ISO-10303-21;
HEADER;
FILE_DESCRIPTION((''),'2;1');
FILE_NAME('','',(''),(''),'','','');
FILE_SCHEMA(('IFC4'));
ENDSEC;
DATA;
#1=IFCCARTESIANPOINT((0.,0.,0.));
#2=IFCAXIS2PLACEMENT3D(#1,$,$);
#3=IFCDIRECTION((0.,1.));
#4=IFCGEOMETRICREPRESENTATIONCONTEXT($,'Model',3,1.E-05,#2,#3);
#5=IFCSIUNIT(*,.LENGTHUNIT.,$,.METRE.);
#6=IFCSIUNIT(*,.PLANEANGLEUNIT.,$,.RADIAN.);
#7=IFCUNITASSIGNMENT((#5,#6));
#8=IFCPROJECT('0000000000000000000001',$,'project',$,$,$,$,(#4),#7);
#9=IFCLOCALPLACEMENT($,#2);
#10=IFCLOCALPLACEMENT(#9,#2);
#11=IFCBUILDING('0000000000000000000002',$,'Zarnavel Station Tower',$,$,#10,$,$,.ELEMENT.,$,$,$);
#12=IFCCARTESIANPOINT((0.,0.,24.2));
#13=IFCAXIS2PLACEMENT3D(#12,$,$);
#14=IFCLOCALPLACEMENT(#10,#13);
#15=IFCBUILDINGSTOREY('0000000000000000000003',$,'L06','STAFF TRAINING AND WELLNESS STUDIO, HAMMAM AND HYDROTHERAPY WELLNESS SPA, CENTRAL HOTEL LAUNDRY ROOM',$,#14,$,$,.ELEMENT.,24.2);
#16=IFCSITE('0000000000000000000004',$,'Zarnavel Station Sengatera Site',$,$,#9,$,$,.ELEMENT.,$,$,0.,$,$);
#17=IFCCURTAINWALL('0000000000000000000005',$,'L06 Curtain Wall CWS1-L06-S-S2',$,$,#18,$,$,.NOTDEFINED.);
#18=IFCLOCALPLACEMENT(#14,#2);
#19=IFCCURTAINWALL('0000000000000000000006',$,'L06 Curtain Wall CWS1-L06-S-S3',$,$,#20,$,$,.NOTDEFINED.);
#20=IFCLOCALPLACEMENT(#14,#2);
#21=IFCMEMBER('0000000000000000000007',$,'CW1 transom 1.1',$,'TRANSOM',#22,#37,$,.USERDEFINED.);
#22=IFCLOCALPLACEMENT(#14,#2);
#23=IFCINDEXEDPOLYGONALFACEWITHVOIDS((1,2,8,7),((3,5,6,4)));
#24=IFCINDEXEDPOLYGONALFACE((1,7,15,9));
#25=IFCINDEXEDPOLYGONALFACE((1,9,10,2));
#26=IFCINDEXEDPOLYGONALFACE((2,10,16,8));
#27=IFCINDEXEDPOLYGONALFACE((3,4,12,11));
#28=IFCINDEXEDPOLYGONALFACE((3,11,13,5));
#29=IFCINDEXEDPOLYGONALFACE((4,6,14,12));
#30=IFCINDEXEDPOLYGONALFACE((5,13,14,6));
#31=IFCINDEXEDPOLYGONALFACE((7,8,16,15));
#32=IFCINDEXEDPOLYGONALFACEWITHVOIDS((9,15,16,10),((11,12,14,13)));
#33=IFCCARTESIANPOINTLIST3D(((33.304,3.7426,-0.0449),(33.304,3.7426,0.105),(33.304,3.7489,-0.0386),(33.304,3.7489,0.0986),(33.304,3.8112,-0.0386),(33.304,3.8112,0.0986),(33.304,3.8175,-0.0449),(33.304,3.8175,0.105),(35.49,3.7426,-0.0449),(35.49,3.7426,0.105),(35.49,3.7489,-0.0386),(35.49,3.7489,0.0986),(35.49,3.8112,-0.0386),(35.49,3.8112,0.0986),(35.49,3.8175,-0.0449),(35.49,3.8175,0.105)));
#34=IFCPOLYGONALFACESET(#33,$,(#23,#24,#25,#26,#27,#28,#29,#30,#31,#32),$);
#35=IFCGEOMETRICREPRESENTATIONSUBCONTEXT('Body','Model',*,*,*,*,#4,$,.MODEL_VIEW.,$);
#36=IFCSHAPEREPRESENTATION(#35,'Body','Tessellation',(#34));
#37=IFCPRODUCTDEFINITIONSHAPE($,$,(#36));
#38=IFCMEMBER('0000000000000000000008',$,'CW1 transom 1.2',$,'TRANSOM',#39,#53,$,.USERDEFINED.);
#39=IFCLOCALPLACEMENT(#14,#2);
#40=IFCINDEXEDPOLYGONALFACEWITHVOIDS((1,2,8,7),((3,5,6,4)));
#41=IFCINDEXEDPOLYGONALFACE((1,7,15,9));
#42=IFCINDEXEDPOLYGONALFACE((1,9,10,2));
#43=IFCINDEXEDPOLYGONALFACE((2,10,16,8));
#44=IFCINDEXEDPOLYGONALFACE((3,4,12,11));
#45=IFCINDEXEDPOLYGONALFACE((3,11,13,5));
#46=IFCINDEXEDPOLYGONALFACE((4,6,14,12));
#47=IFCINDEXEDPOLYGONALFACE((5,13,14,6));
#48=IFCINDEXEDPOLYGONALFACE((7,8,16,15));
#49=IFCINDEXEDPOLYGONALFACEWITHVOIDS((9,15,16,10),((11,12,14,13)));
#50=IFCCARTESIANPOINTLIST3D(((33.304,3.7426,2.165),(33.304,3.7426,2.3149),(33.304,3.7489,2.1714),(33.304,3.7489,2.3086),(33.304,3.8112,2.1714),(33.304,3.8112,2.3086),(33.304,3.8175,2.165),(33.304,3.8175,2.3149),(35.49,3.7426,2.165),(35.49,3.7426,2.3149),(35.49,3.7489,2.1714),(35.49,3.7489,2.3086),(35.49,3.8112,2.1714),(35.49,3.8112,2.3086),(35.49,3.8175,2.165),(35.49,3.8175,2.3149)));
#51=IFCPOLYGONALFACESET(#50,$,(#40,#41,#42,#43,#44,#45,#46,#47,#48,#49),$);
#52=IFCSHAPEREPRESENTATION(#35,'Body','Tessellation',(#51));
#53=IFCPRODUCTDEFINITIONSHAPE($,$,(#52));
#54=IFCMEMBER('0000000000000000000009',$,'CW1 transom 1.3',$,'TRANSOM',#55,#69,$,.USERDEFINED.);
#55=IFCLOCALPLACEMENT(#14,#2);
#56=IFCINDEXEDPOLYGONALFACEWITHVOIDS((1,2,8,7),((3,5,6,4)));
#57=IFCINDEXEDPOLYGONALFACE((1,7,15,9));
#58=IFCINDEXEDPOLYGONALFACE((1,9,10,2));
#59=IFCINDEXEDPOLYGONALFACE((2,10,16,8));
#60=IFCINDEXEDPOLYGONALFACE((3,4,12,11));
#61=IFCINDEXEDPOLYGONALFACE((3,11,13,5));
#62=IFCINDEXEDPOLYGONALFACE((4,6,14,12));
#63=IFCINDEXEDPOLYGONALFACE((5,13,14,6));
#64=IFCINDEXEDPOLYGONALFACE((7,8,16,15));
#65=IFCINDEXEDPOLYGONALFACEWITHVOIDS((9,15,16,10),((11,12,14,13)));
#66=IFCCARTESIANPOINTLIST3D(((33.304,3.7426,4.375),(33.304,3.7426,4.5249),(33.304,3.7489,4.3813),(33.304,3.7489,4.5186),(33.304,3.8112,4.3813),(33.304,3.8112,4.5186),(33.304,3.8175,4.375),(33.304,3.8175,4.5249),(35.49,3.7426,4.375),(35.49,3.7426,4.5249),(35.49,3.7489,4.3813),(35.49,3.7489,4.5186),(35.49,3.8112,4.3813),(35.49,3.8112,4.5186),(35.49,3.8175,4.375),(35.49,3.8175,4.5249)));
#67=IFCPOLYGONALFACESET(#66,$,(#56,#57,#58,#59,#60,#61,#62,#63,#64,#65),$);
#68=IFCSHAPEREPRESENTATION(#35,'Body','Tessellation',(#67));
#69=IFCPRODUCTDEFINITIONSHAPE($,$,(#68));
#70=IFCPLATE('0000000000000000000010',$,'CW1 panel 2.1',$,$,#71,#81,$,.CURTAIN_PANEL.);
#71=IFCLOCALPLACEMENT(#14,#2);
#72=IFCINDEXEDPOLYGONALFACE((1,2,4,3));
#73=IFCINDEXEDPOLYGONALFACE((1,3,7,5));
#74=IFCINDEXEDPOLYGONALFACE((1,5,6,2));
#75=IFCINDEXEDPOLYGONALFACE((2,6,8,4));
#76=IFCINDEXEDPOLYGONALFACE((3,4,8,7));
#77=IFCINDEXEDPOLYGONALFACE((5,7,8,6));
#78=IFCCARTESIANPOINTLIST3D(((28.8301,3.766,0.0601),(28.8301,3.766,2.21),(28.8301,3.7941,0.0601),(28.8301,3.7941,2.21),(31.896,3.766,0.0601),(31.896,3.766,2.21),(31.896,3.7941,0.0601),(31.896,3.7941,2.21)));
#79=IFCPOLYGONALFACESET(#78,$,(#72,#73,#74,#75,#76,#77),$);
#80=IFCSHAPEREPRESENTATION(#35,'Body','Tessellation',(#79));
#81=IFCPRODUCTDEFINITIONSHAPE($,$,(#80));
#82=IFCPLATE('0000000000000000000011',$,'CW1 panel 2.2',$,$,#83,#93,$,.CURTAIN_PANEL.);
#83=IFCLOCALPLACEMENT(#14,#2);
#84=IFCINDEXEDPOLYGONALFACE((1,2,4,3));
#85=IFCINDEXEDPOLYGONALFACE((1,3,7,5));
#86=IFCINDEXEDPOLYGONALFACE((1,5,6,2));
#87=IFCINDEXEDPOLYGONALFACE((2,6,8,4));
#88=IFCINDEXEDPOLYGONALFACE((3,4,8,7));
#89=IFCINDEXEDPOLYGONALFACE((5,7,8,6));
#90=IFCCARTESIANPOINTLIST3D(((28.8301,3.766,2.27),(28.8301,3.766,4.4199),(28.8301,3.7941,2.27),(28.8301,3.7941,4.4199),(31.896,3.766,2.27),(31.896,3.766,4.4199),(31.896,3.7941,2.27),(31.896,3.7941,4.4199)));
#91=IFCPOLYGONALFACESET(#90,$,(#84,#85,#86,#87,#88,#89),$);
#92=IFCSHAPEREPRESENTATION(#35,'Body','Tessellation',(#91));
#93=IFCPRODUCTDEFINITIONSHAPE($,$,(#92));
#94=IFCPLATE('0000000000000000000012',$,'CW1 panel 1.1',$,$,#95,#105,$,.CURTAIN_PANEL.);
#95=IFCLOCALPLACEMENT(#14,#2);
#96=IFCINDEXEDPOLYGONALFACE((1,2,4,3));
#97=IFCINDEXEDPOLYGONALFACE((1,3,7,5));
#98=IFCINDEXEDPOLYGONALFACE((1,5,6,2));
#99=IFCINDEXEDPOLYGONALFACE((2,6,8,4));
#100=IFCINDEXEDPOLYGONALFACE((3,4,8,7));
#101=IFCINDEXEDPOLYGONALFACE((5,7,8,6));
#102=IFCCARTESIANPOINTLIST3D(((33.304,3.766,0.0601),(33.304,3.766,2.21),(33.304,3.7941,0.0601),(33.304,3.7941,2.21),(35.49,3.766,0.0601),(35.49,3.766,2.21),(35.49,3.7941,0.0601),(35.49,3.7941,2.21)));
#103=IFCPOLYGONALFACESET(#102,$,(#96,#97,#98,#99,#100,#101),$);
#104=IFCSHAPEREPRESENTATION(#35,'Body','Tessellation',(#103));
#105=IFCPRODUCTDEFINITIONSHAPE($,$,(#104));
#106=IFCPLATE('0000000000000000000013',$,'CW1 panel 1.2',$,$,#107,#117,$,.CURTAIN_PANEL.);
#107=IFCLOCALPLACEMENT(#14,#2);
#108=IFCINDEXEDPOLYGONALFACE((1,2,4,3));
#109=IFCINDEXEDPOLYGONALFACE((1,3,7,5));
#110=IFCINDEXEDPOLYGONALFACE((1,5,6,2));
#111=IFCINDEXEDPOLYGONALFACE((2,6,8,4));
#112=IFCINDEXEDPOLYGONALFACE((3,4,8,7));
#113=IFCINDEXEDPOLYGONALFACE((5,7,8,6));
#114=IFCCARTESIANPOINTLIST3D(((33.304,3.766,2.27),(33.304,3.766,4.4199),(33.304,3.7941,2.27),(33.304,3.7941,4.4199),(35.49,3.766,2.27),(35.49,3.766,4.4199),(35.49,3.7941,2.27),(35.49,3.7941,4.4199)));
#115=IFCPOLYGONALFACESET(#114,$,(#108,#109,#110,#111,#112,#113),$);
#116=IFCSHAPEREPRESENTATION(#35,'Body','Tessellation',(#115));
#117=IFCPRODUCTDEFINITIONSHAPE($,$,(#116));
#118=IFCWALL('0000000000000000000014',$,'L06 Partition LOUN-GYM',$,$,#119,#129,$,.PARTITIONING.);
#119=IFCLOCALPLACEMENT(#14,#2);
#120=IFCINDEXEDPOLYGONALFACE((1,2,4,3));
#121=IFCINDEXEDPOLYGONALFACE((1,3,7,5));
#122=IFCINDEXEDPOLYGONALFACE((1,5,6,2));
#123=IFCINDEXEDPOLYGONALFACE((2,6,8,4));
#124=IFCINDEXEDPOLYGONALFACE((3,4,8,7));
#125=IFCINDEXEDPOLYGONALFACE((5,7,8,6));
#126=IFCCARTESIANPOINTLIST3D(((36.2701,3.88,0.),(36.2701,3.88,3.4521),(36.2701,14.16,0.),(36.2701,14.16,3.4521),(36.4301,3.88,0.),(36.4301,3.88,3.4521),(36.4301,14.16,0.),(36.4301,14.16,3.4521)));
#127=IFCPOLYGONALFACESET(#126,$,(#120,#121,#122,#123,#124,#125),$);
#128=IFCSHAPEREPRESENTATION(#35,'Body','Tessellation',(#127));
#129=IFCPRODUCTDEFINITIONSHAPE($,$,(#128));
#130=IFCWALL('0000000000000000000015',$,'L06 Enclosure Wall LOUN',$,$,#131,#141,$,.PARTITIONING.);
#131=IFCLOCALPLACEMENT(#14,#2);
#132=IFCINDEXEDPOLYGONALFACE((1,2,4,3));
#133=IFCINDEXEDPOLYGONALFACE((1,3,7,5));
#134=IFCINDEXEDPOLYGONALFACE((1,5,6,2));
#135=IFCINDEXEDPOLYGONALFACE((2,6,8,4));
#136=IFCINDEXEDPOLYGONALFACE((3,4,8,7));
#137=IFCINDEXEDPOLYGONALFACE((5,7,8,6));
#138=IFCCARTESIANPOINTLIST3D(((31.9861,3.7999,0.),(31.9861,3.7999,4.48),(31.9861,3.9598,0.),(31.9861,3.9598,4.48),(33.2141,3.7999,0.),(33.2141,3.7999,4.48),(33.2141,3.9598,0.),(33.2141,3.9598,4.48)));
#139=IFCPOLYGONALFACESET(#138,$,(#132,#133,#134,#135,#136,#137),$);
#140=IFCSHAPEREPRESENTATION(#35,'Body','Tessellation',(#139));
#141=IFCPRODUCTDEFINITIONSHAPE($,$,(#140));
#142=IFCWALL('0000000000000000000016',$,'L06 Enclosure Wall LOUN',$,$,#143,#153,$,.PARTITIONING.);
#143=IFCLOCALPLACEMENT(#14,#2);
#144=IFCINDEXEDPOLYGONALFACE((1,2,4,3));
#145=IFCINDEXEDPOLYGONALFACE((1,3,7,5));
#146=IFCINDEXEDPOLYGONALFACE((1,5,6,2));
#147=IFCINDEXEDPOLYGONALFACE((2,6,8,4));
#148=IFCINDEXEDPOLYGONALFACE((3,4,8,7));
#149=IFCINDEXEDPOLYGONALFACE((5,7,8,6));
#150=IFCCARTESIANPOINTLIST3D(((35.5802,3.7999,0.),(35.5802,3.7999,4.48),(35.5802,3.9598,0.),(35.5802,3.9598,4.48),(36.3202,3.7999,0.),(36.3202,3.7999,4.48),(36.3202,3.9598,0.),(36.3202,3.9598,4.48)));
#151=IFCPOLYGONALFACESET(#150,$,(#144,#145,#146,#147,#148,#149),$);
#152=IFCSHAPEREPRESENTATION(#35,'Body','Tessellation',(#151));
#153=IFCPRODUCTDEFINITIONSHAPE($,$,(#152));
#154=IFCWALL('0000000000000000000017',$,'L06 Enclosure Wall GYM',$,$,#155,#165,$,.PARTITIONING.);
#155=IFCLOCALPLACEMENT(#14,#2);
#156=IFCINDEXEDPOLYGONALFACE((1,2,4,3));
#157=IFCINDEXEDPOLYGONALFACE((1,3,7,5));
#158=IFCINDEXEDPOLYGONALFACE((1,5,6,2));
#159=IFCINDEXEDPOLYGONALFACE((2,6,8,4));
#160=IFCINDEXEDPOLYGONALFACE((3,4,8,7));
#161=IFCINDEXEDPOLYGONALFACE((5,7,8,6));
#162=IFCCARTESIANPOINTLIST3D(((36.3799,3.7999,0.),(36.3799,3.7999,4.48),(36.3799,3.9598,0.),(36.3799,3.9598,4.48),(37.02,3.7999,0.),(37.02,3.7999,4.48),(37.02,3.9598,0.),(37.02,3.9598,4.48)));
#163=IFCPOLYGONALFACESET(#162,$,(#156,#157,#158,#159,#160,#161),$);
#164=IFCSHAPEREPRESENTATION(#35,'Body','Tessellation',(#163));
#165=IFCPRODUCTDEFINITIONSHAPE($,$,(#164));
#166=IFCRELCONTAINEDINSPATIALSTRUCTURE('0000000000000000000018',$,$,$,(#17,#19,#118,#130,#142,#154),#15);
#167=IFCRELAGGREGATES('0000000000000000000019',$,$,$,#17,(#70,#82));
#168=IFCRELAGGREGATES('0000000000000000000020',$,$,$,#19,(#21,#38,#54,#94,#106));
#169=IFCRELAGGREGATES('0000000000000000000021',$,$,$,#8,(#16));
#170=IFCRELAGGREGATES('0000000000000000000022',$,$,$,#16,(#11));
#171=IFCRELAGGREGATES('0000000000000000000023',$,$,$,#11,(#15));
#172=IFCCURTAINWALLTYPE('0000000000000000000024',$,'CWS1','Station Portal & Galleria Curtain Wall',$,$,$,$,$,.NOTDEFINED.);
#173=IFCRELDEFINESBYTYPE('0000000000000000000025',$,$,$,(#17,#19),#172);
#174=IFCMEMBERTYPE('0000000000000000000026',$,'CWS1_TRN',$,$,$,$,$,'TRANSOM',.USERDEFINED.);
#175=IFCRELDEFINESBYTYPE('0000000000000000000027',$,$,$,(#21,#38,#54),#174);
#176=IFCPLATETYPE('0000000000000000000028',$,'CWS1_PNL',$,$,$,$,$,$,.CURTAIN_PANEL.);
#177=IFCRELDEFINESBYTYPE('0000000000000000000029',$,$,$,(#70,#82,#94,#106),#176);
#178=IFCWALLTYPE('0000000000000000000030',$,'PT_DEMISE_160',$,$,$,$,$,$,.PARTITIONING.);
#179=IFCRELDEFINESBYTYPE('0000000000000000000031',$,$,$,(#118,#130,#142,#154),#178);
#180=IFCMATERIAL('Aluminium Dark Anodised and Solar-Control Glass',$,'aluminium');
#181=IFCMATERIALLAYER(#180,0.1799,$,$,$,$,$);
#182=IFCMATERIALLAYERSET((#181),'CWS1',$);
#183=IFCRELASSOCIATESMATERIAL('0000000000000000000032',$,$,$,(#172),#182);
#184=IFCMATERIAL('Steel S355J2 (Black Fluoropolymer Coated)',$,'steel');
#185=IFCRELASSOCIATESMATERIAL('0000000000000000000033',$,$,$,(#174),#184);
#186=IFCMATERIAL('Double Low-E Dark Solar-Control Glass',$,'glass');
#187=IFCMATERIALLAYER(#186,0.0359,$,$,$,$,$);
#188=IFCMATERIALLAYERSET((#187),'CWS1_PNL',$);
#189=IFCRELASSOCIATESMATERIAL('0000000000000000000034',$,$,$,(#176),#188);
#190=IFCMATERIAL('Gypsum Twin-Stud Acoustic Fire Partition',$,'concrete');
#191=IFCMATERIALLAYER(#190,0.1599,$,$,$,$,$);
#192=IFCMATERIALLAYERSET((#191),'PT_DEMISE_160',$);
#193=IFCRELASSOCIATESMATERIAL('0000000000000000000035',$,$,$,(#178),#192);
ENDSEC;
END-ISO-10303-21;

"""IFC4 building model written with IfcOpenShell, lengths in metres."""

from ifc_helpers import new_model, si_unit, direction, frame, frame_2d, origin, origin_2d, place, context, subcontext, project, spatial, rectangle, hollow_rectangle, extrude, material, layer, layer_set, material_profile, profile_set, type_object, element, aggregate, save


model = new_model("IFC4")

# Units and contexts
model_context = context("Model", 3, precision=1e-05, world=origin(), true_north=direction((0.0, 1.0)))
body_context = subcontext(model_context, "Body", "Model", "MODEL_VIEW")
ifc_project = project(units=[si_unit("LENGTHUNIT", "METRE"), si_unit("PLANEANGLEUNIT", "RADIAN")], contexts=[model_context])

# Site, building, storey
site_placement = place(None, origin())
site = spatial("IfcSite", under=ifc_project, at=site_placement, Name="Zarnavel Station Sengatera Site", CompositionType="ELEMENT", RefElevation=0.0)
building_placement = place(site_placement, origin())
building = spatial("IfcBuilding", under=site, at=building_placement, Name="Zarnavel Station Tower", CompositionType="ELEMENT")
storey_placement = place(building_placement, frame((0.0, 0.0, 24.2)))
storey = spatial("IfcBuildingStorey", under=building, at=storey_placement, Name="L06", Description="STAFF TRAINING AND WELLNESS STUDIO, HAMMAM AND HYDROTHERAPY WELLNESS SPA, CENTRAL HOTEL LAUNDRY ROOM", CompositionType="ELEMENT", Elevation=24.2)

# Curtain walls
ifc_material_1 = material(Name="Aluminium Dark Anodised and Solar-Control Glass", Category="aluminium")
ifc_layer_1 = layer(ifc_material_1, 0.1799)
ifc_layer_set_1 = layer_set([ifc_layer_1], Name="CWS1")
curtain_wall_type = type_object("IfcCurtainWallType", Name="CWS1", Description="Station Portal & Galleria Curtain Wall", PredefinedType="NOTDEFINED", material=ifc_layer_set_1)
curtain_wall_1_placement = place(storey_placement, origin())
curtain_wall_1 = element("IfcCurtainWall", 1, at=curtain_wall_1_placement, inside=storey, type_object=curtain_wall_type, Name="L06 Curtain Wall CWS1-L06-S-S2", PredefinedType="NOTDEFINED")
curtain_wall_2_placement = place(storey_placement, origin())
curtain_wall_2 = element("IfcCurtainWall", 2, at=curtain_wall_2_placement, inside=storey, type_object=curtain_wall_type, Name="L06 Curtain Wall CWS1-L06-S-S3", PredefinedType="NOTDEFINED")

# Members
ifc_material_2 = material(Name="Steel S355J2 (Black Fluoropolymer Coated)", Category="steel")
ifc_material_profile_1 = material_profile(ifc_material_2, hollow_rectangle(XDim=0.075, YDim=0.1499, WallThickness=0.0063, at=origin_2d()), Name="RHS150x75x6.3")
ifc_profile_set_1 = profile_set([ifc_material_profile_1], Name="Steel S355J2 (Black Fluoropolymer Coated)")
member_type_1 = type_object("IfcMemberType", Name="CWS1_TRN", ElementType="TRANSOM", PredefinedType="USERDEFINED", material=ifc_profile_set_1)
member_1_placement = place(storey_placement, frame((33.304, 3.78, 0.03), z_axis=(1.0, 0.0, 0.0), x_axis=(0.0, 1.0, 0.0)))
member_1 = element("IfcMember", 3, at=member_1_placement, type_object=member_type_1, Name="CW1 transom 1.1", ObjectType="TRANSOM", PredefinedType="USERDEFINED", context=body_context, shape_type="SweptSolid", body=[
    extrude(hollow_rectangle(XDim=0.075, YDim=0.1499, WallThickness=0.0063, at=origin_2d()), origin(), (0.0, 0.0, 1.0), 2.186),
])
member_2_placement = place(storey_placement, frame((33.304, 3.78, 2.24), z_axis=(1.0, 0.0, 0.0), x_axis=(0.0, 1.0, 0.0)))
member_2 = element("IfcMember", 4, at=member_2_placement, type_object=member_type_1, Name="CW1 transom 1.2", ObjectType="TRANSOM", PredefinedType="USERDEFINED", context=body_context, shape_type="SweptSolid", body=[
    extrude(hollow_rectangle(XDim=0.075, YDim=0.1499, WallThickness=0.0063, at=origin_2d()), origin(), (0.0, 0.0, 1.0), 2.186),
])
member_3_placement = place(storey_placement, frame((33.304, 3.78, 4.45), z_axis=(1.0, 0.0, 0.0), x_axis=(0.0, 1.0, 0.0)))
member_3 = element("IfcMember", 5, at=member_3_placement, type_object=member_type_1, Name="CW1 transom 1.3", ObjectType="TRANSOM", PredefinedType="USERDEFINED", context=body_context, shape_type="SweptSolid", body=[
    extrude(hollow_rectangle(XDim=0.075, YDim=0.1499, WallThickness=0.0063, at=origin_2d()), origin(), (0.0, 0.0, 1.0), 2.186),
])

# Plates
ifc_material_3 = material(Name="Double Low-E Dark Solar-Control Glass", Category="glass")
ifc_layer_2 = layer(ifc_material_3, 0.0359)
ifc_layer_set_2 = layer_set([ifc_layer_2], Name="CWS1_PNL")
plate_type = type_object("IfcPlateType", Name="CWS1_PNL", PredefinedType="CURTAIN_PANEL", material=ifc_layer_set_2)
plate_1_placement = place(storey_placement, frame((30.363, 3.78, 0.0601), z_axis=(0.0, 0.0, 1.0), x_axis=(1.0, 0.0, 0.0)))
plate_1 = element("IfcPlate", 6, at=plate_1_placement, type_object=plate_type, Name="CW1 panel 2.1", PredefinedType="CURTAIN_PANEL", context=body_context, shape_type="SweptSolid", body=[
    extrude(rectangle(XDim=3.0659, YDim=0.0281, at=origin_2d()), origin(), (0.0, 0.0, 1.0), 2.1499),
])
plate_2_placement = place(storey_placement, frame((30.363, 3.78, 2.27), z_axis=(0.0, 0.0, 1.0), x_axis=(1.0, 0.0, 0.0)))
plate_2 = element("IfcPlate", 7, at=plate_2_placement, type_object=plate_type, Name="CW1 panel 2.2", PredefinedType="CURTAIN_PANEL", context=body_context, shape_type="SweptSolid", body=[
    extrude(rectangle(XDim=3.0659, YDim=0.0281, at=origin_2d()), origin(), (0.0, 0.0, 1.0), 2.1499),
])
aggregate(curtain_wall_1, [plate_1, plate_2])
plate_3_placement = place(storey_placement, frame((34.397, 3.78, 0.0601), z_axis=(0.0, 0.0, 1.0), x_axis=(1.0, 0.0, 0.0)))
plate_3 = element("IfcPlate", 8, at=plate_3_placement, type_object=plate_type, Name="CW1 panel 1.1", PredefinedType="CURTAIN_PANEL", context=body_context, shape_type="SweptSolid", body=[
    extrude(rectangle(XDim=2.186, YDim=0.0281, at=origin_2d()), origin(), (0.0, 0.0, 1.0), 2.1499),
])
plate_4_placement = place(storey_placement, frame((34.397, 3.78, 2.27), z_axis=(0.0, 0.0, 1.0), x_axis=(1.0, 0.0, 0.0)))
plate_4 = element("IfcPlate", 9, at=plate_4_placement, type_object=plate_type, Name="CW1 panel 1.2", PredefinedType="CURTAIN_PANEL", context=body_context, shape_type="SweptSolid", body=[
    extrude(rectangle(XDim=2.186, YDim=0.0281, at=origin_2d()), origin(), (0.0, 0.0, 1.0), 2.1499),
])
aggregate(curtain_wall_2, [member_1, member_2, member_3, plate_3, plate_4])

# Walls
ifc_material_4 = material(Name="Gypsum Twin-Stud Acoustic Fire Partition", Category="concrete")
ifc_layer_3 = layer(ifc_material_4, 0.1599)
ifc_layer_set_3 = layer_set([ifc_layer_3], Name="PT_DEMISE_160")
wall_type = type_object("IfcWallType", Name="PT_DEMISE_160", PredefinedType="PARTITIONING", material=ifc_layer_set_3)
wall_1_placement = place(storey_placement, frame((36.3501, 3.8799, 0.0), z_axis=(0.0, 0.0, 1.0), x_axis=(0.0, 1.0, 0.0)))
element("IfcWall", 10, at=wall_1_placement, inside=storey, type_object=wall_type, Name="L06 Partition LOUN-GYM", PredefinedType="PARTITIONING", context=body_context, shape_type="SweptSolid", body=[
    extrude(rectangle(XDim=10.28, YDim=0.1599, at=frame_2d((5.1401, 0.0))), origin(), (0.0, 0.0, 1.0), 3.4521),
])
wall_2_placement = place(storey_placement, frame((31.9861, 3.8799, 0.0), z_axis=(0.0, 0.0, 1.0), x_axis=(1.0, 0.0, 0.0)))
element("IfcWall", 11, at=wall_2_placement, inside=storey, type_object=wall_type, Name="L06 Enclosure Wall LOUN", PredefinedType="PARTITIONING", context=body_context, shape_type="SweptSolid", body=[
    extrude(rectangle(XDim=1.228, YDim=0.1599, at=frame_2d((0.614, 0.0))), origin(), (0.0, 0.0, 1.0), 4.48),
])
wall_3_placement = place(storey_placement, frame((35.5801, 3.8799, 0.0), z_axis=(0.0, 0.0, 1.0), x_axis=(1.0, 0.0, 0.0)))
element("IfcWall", 12, at=wall_3_placement, inside=storey, type_object=wall_type, Name="L06 Enclosure Wall LOUN", PredefinedType="PARTITIONING", context=body_context, shape_type="SweptSolid", body=[
    extrude(rectangle(XDim=0.74, YDim=0.1599, at=frame_2d((0.3701, 0.0))), origin(), (0.0, 0.0, 1.0), 4.48),
])
wall_4_placement = place(storey_placement, frame((36.3799, 3.8799, 0.0), z_axis=(0.0, 0.0, 1.0), x_axis=(1.0, 0.0, 0.0)))
element("IfcWall", 13, at=wall_4_placement, inside=storey, type_object=wall_type, Name="L06 Enclosure Wall GYM", PredefinedType="PARTITIONING", context=body_context, shape_type="SweptSolid", body=[
    extrude(rectangle(XDim=0.6401, YDim=0.1599, at=frame_2d((0.3201, 0.0))), origin(), (0.0, 0.0, 1.0), 4.48),
])

save(model, "model.ifc")
